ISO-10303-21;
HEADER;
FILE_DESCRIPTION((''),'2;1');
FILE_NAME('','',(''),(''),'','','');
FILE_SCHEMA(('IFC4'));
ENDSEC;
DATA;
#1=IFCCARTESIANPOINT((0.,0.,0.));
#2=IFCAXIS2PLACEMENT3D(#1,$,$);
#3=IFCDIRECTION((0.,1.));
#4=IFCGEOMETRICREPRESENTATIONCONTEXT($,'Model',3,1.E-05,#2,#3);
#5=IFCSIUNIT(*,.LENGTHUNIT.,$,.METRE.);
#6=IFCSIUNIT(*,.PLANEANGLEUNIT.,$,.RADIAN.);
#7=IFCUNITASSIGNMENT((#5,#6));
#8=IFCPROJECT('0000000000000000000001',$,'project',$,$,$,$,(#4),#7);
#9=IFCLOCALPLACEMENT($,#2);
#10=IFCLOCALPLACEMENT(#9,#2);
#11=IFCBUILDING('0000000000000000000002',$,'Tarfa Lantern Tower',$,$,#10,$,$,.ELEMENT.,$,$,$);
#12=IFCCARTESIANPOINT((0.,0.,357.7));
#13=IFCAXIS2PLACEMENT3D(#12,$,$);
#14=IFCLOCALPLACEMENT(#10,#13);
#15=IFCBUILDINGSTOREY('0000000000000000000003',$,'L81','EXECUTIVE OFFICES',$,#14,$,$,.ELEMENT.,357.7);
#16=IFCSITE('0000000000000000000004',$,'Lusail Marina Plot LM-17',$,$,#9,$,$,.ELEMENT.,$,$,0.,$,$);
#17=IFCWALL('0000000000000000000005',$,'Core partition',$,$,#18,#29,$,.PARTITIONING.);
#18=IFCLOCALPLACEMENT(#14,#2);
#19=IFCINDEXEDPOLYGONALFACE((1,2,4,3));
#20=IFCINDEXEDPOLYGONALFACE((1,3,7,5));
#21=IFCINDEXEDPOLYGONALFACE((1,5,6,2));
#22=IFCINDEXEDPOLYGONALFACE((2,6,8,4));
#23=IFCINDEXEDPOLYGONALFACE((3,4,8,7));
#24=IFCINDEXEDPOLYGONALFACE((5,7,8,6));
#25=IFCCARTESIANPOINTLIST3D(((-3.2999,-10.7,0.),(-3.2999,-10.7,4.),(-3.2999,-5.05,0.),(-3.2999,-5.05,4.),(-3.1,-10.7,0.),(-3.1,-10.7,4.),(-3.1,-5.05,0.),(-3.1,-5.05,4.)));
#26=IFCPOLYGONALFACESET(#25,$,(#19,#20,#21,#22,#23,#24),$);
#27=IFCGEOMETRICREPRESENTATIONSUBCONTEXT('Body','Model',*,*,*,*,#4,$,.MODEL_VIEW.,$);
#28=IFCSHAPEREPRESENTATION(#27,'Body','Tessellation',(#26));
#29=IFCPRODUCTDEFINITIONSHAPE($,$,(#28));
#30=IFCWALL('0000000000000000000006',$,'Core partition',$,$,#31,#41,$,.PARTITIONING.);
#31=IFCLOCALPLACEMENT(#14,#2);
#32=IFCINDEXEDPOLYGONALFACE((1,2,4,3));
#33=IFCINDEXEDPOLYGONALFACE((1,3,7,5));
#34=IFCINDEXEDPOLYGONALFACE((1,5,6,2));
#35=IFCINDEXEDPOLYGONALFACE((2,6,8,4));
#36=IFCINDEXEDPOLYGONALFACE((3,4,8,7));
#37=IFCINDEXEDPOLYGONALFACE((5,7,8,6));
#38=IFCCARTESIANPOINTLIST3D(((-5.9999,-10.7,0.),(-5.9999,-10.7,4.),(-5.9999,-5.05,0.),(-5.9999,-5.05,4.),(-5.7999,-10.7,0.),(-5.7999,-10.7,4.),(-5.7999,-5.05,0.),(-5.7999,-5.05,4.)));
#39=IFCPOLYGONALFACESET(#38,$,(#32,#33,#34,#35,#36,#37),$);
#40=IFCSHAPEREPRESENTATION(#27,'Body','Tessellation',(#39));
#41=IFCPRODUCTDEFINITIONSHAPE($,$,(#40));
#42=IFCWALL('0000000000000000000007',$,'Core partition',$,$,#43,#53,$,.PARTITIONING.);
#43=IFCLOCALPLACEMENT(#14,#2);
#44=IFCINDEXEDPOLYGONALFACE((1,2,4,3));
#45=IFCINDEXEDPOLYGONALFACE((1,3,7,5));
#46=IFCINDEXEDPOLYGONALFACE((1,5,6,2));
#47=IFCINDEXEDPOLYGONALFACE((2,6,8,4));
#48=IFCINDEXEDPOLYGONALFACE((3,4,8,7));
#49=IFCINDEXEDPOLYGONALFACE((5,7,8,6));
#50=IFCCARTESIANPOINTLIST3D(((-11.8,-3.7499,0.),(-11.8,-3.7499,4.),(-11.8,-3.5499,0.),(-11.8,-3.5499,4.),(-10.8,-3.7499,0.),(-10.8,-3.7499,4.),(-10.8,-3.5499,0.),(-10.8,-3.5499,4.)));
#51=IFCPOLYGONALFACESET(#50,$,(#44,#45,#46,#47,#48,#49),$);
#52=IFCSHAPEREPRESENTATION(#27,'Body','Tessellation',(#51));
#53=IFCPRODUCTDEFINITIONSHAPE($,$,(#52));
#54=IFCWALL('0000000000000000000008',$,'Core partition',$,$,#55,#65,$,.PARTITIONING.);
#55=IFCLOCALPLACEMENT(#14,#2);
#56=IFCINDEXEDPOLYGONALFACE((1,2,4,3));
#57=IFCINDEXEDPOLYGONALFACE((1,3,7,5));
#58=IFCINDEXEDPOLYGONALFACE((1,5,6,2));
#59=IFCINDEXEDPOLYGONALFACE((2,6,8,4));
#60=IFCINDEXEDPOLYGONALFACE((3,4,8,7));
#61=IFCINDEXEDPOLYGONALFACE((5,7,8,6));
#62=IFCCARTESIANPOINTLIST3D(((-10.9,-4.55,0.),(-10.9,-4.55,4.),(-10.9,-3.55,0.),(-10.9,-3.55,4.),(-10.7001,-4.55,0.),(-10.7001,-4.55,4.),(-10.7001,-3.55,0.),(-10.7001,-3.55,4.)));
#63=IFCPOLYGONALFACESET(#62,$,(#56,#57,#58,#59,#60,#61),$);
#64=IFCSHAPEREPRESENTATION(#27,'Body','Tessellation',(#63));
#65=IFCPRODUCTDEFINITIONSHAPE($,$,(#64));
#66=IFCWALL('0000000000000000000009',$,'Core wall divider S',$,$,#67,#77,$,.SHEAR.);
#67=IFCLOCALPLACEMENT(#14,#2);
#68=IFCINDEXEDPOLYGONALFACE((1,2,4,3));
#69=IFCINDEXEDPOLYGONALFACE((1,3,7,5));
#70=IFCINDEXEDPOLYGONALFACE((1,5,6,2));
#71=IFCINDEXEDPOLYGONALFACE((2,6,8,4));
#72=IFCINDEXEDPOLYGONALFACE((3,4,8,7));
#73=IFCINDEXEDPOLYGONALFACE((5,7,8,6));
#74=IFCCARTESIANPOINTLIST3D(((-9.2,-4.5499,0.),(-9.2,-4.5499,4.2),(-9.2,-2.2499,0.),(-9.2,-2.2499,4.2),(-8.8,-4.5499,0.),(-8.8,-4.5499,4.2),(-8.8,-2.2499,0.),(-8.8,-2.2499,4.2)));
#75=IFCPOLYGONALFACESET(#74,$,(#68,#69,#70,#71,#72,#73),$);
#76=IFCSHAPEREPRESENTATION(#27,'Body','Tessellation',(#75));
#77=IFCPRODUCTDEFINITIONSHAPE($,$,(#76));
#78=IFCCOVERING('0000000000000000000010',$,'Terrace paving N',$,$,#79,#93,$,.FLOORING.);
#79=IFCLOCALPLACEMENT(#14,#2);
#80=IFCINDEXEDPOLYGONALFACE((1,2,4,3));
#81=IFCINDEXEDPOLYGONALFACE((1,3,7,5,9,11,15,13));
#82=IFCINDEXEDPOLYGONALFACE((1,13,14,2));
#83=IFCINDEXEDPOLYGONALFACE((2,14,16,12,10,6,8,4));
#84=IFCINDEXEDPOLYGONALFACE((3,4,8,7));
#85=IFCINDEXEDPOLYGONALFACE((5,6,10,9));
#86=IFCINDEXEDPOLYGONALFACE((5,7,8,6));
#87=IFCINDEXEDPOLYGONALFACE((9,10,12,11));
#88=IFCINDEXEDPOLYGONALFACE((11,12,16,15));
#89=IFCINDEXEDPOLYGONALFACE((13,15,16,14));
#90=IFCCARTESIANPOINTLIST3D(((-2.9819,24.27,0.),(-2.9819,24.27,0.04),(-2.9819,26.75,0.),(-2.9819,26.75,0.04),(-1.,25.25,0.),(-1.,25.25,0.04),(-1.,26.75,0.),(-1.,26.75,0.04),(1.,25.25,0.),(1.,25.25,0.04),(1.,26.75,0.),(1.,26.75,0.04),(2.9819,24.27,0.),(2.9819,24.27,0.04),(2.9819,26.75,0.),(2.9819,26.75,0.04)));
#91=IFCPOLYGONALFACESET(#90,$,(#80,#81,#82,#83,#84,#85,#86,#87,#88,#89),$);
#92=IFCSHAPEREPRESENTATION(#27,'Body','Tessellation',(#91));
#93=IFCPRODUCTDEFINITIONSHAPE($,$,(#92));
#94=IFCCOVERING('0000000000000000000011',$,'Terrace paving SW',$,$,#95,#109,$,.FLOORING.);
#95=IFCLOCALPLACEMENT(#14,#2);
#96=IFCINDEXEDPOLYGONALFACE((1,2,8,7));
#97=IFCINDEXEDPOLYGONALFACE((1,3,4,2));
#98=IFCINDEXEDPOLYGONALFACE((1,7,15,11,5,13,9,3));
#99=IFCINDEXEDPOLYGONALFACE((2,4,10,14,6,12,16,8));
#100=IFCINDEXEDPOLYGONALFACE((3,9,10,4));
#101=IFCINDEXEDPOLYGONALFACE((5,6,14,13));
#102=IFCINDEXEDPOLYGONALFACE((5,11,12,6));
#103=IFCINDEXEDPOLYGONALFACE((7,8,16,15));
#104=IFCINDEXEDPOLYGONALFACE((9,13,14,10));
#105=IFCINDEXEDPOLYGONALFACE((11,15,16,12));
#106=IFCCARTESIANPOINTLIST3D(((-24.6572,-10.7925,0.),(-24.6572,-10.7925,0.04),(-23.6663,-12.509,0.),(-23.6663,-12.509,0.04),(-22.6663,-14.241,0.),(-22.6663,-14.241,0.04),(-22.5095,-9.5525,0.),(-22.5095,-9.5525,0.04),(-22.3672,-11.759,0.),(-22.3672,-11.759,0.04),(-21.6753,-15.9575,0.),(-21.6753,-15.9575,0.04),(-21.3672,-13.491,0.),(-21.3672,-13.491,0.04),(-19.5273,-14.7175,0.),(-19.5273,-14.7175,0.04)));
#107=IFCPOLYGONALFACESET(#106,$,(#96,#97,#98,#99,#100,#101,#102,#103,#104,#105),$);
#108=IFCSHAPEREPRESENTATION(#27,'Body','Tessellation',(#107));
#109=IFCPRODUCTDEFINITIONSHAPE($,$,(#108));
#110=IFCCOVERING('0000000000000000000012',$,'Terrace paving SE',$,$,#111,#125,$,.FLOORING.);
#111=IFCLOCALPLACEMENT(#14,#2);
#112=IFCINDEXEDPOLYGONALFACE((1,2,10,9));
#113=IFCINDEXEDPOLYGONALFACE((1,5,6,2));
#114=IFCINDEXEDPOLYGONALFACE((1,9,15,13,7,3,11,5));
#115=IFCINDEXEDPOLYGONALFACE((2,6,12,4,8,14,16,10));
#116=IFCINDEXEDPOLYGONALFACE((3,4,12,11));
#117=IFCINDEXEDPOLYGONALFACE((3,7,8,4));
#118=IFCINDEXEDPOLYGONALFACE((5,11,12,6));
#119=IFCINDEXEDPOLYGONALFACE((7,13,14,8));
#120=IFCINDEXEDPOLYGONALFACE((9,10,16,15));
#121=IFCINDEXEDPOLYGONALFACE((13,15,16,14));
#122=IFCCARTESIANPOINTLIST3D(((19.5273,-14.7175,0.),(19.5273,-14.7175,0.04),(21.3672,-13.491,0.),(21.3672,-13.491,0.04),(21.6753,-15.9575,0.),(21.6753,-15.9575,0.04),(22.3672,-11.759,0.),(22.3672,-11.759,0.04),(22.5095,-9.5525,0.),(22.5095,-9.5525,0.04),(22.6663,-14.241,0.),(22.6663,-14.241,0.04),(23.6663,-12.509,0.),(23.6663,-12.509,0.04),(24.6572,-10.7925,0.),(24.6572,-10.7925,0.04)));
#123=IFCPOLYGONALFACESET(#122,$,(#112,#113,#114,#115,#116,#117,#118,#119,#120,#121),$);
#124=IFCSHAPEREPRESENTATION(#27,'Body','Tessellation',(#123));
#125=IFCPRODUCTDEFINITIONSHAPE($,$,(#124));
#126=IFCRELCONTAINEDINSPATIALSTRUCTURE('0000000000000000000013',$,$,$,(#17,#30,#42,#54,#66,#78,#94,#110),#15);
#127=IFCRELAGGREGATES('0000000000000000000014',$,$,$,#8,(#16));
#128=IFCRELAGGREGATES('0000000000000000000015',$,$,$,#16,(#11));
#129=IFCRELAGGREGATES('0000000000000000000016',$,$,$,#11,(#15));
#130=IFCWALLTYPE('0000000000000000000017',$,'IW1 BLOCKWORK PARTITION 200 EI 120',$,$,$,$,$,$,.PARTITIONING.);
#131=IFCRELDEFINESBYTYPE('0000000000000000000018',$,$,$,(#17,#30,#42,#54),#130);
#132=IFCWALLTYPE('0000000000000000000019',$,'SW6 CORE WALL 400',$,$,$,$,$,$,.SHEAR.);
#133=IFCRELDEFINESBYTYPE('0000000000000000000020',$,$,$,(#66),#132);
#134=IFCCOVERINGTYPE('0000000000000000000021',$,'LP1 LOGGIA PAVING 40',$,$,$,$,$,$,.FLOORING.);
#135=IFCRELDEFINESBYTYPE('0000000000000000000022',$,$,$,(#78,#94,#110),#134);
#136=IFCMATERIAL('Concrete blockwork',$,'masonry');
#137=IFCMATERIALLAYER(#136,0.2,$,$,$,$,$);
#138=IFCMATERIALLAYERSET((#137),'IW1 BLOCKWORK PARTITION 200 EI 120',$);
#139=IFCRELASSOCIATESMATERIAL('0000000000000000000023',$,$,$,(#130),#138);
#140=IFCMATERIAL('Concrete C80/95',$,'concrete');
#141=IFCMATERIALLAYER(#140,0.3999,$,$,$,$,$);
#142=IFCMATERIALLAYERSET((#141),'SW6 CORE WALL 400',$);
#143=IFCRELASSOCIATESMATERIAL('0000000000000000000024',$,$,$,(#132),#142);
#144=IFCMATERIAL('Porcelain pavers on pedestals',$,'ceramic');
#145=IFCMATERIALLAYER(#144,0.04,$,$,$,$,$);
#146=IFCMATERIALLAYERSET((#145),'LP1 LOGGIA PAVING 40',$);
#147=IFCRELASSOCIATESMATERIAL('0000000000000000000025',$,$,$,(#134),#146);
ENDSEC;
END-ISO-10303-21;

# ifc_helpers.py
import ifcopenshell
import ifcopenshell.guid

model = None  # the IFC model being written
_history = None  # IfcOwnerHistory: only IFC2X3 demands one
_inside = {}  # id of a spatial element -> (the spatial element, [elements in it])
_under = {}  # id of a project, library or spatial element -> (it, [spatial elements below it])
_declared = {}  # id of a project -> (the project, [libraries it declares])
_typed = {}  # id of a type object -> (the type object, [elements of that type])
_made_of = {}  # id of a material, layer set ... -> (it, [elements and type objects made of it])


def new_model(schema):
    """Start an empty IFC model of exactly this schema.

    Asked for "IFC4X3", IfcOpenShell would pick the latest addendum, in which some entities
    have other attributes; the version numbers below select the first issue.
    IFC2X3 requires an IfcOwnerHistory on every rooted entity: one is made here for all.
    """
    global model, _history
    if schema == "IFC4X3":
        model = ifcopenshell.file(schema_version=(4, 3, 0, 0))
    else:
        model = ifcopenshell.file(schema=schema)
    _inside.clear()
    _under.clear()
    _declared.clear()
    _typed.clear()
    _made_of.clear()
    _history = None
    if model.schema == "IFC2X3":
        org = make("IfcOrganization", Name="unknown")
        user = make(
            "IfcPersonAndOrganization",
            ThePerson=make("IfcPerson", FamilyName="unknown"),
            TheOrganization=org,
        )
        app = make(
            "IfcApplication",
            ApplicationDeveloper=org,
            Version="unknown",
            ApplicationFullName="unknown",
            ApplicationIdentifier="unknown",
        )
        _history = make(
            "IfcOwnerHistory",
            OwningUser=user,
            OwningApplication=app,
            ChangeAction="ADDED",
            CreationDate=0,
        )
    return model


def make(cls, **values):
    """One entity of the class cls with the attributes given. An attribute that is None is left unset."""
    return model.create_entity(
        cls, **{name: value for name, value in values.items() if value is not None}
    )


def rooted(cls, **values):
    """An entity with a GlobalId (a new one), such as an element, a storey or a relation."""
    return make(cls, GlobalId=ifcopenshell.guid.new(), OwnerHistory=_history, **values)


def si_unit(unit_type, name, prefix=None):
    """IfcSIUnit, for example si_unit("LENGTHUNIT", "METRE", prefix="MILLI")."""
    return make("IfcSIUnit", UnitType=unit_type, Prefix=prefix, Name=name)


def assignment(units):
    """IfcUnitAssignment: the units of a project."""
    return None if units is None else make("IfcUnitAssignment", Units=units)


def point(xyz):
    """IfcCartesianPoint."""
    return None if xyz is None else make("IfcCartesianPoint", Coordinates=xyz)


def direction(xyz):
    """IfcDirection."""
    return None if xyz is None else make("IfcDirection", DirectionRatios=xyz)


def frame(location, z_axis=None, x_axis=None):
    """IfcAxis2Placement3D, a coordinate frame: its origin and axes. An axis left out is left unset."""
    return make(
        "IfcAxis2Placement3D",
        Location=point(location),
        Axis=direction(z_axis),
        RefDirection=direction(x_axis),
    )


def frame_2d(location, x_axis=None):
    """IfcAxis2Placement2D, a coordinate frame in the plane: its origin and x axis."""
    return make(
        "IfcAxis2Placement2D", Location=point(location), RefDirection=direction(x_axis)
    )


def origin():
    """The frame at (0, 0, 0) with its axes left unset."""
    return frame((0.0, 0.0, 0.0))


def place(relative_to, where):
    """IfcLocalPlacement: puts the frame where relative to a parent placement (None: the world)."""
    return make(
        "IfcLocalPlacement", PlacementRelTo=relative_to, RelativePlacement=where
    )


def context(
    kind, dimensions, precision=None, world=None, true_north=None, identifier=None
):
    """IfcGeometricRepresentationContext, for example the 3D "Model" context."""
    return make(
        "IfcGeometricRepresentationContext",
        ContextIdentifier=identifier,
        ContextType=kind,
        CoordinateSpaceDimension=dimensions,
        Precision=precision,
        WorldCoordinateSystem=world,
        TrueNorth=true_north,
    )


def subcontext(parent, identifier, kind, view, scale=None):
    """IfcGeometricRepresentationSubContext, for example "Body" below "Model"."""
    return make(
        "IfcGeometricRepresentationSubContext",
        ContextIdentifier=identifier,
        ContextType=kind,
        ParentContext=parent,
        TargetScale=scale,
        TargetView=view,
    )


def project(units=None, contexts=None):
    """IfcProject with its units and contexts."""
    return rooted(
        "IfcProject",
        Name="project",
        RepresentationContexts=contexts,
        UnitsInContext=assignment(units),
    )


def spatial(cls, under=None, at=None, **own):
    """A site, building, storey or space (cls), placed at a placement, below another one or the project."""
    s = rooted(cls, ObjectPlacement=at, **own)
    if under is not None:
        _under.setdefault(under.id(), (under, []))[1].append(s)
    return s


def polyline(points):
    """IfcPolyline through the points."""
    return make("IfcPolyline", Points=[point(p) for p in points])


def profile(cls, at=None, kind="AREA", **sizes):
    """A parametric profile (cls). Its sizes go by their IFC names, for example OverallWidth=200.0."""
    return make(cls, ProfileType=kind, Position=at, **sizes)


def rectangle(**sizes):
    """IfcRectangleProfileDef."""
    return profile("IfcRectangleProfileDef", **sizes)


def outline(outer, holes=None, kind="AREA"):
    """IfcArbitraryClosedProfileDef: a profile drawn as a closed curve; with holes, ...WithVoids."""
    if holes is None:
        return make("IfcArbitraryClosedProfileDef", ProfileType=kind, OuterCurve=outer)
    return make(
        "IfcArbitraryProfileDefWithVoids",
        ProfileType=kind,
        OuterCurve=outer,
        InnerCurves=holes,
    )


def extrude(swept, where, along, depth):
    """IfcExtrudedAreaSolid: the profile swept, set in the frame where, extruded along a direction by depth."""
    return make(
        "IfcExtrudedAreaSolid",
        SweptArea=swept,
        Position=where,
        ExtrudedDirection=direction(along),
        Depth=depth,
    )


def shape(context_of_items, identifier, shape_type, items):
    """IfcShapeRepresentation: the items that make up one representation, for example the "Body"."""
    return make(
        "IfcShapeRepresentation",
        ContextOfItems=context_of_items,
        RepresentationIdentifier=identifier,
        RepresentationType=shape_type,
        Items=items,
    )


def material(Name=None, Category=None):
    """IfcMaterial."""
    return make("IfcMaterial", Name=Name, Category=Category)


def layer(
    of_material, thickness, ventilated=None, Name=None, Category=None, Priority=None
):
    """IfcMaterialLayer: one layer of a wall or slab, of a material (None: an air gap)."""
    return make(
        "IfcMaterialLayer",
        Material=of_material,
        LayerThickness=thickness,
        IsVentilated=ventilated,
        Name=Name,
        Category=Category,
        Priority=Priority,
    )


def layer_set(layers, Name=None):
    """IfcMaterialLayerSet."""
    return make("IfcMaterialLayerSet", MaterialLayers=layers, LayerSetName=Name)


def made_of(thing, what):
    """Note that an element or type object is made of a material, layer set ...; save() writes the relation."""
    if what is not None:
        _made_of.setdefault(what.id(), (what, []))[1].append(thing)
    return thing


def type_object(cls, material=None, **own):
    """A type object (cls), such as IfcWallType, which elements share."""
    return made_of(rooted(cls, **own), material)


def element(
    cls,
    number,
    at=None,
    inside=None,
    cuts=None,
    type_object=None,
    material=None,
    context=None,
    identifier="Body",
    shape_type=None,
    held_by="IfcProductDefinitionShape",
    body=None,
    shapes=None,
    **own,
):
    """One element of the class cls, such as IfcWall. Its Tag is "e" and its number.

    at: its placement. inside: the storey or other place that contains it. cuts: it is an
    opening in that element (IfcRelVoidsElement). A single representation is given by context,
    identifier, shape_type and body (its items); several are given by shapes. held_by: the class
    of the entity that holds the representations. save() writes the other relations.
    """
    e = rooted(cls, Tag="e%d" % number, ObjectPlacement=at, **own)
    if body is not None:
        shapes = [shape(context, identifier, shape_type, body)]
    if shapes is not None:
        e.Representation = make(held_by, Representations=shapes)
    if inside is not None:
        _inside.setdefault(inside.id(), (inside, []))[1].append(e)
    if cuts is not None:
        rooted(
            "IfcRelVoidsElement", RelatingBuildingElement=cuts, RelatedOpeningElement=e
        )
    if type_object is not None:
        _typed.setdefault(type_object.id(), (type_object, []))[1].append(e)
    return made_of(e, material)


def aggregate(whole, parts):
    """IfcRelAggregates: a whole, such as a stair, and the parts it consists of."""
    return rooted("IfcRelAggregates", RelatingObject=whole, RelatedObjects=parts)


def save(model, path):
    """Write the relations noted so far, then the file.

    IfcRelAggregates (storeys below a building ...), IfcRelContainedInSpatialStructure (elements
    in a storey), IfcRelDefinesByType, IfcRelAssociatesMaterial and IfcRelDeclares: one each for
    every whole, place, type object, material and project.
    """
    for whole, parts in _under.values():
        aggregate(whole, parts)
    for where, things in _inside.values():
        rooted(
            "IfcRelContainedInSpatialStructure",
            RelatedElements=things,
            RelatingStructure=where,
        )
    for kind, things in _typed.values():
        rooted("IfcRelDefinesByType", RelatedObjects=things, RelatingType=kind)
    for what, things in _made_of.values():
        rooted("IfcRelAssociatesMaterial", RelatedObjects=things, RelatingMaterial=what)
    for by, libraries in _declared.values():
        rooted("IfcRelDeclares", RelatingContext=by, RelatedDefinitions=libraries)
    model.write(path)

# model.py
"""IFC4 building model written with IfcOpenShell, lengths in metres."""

from ifc_helpers import new_model, si_unit, direction, frame, frame_2d, origin, place, context, subcontext, project, spatial, polyline, rectangle, outline, extrude, material, layer, layer_set, type_object, element, save


model = new_model("IFC4")

# Units and contexts
model_context = context("Model", 3, precision=1e-05, world=origin(), true_north=direction((0.0, 1.0)))
body_context = subcontext(model_context, "Body", "Model", "MODEL_VIEW")
ifc_project = project(units=[si_unit("LENGTHUNIT", "METRE"), si_unit("PLANEANGLEUNIT", "RADIAN")], contexts=[model_context])

# Site, building, storey
site_placement = place(None, origin())
site = spatial("IfcSite", under=ifc_project, at=site_placement, Name="Lusail Marina Plot LM-17", CompositionType="ELEMENT", RefElevation=0.0)
building_placement = place(site_placement, origin())
building = spatial("IfcBuilding", under=site, at=building_placement, Name="Tarfa Lantern Tower", CompositionType="ELEMENT")
storey_placement = place(building_placement, frame((0.0, 0.0, 357.7)))
storey = spatial("IfcBuildingStorey", under=building, at=storey_placement, Name="L81", Description="EXECUTIVE OFFICES", CompositionType="ELEMENT", Elevation=357.7)

# Walls
ifc_material_1 = material(Name="Concrete blockwork", Category="masonry")
ifc_layer_1 = layer(ifc_material_1, 0.2)
ifc_layer_set_1 = layer_set([ifc_layer_1], Name="IW1 BLOCKWORK PARTITION 200 EI 120")
wall_type_1 = type_object("IfcWallType", Name="IW1 BLOCKWORK PARTITION 200 EI 120", PredefinedType="PARTITIONING", material=ifc_layer_set_1)
for number, where, z_axis, x_axis, name in (
    (1, (-3.2, -5.05, 0.0), (0.0, 0.0, 1.0), (0.0, -1.0, 0.0), "Core partition"),
    (2, (-5.8999, -5.05, 0.0), (0.0, 0.0, 1.0), (0.0, -1.0, 0.0), "Core partition"),
):
    element("IfcWall", number, at=place(storey_placement, frame(where, z_axis=z_axis, x_axis=x_axis)), inside=storey, type_object=wall_type_1, Name=name, PredefinedType="PARTITIONING", context=body_context, shape_type="SweptSolid", body=[
        extrude(rectangle(XDim=5.6499, YDim=0.2, at=frame_2d((2.825, 0.0))), origin(), (0.0, 0.0, 1.0), 4.0),
    ])
for number, where, z_axis, x_axis, name in (
    (3, (-10.8, -3.6499, 0.0), (0.0, 0.0, 1.0), (-1.0, 0.0, 0.0), "Core partition"),
    (4, (-10.8, -3.55, 0.0), (0.0, 0.0, 1.0), (0.0, -1.0, 0.0), "Core partition"),
):
    element("IfcWall", number, at=place(storey_placement, frame(where, z_axis=z_axis, x_axis=x_axis)), inside=storey, type_object=wall_type_1, Name=name, PredefinedType="PARTITIONING", context=body_context, shape_type="SweptSolid", body=[
        extrude(rectangle(XDim=1.0, YDim=0.2, at=frame_2d((0.5, 0.0))), origin(), (0.0, 0.0, 1.0), 4.0),
    ])
ifc_material_2 = material(Name="Concrete C80/95", Category="concrete")
ifc_layer_2 = layer(ifc_material_2, 0.3999)
ifc_layer_set_2 = layer_set([ifc_layer_2], Name="SW6 CORE WALL 400")
wall_type_2 = type_object("IfcWallType", Name="SW6 CORE WALL 400", PredefinedType="SHEAR", material=ifc_layer_set_2)
wall_1_placement = place(storey_placement, frame((-9.0, -2.25, 0.0), z_axis=(0.0, 0.0, 1.0), x_axis=(0.0, -1.0, 0.0)))
element("IfcWall", 5, at=wall_1_placement, inside=storey, type_object=wall_type_2, Name="Core wall divider S", PredefinedType="SHEAR", context=body_context, shape_type="SweptSolid", body=[
    extrude(rectangle(XDim=2.3, YDim=0.3999, at=frame_2d((1.1499, 0.0))), origin(), (0.0, 0.0, 1.0), 4.2),
])

# Coverings
ifc_material_3 = material(Name="Porcelain pavers on pedestals", Category="ceramic")
ifc_layer_3 = layer(ifc_material_3, 0.04)
ifc_layer_set_3 = layer_set([ifc_layer_3], Name="LP1 LOGGIA PAVING 40")
covering_type = type_object("IfcCoveringType", Name="LP1 LOGGIA PAVING 40", PredefinedType="FLOORING", material=ifc_layer_set_3)
covering_1_placement = place(storey_placement, origin())
element("IfcCovering", 6, at=covering_1_placement, inside=storey, type_object=covering_type, Name="Terrace paving N", PredefinedType="FLOORING", context=body_context, shape_type="SweptSolid", body=[
    extrude(outline(polyline([(2.9819, 26.75), (2.9819, 24.27), (-2.9819, 24.27), (-2.9819, 26.75), (-1.0, 26.75), (-1.0, 25.25), (1.0, 25.25), (1.0, 26.75), (2.9819, 26.75)])), origin(), (0.0, 0.0, 1.0), 0.04),
])
covering_2_placement = place(storey_placement, origin())
element("IfcCovering", 7, at=covering_2_placement, inside=storey, type_object=covering_type, Name="Terrace paving SW", PredefinedType="FLOORING", context=body_context, shape_type="SweptSolid", body=[
    extrude(outline(polyline([(-24.6572, -10.7925), (-22.5095, -9.5525), (-19.5273, -14.7175), (-21.6753, -15.9575), (-22.6663, -14.241), (-21.3672, -13.491), (-22.3672, -11.759), (-23.6663, -12.509), (-24.6572, -10.7925)])), origin(), (0.0, 0.0, 1.0), 0.04),
])
covering_3_placement = place(storey_placement, origin())
element("IfcCovering", 8, at=covering_3_placement, inside=storey, type_object=covering_type, Name="Terrace paving SE", PredefinedType="FLOORING", context=body_context, shape_type="SweptSolid", body=[
    extrude(outline(polyline([(21.6753, -15.9575), (19.5273, -14.7175), (22.5095, -9.5525), (24.6572, -10.7925), (23.6663, -12.509), (22.3672, -11.759), (21.3672, -13.491), (22.6663, -14.241), (21.6753, -15.9575)])), origin(), (0.0, 0.0, 1.0), 0.04),
])

save(model, "model.ifc")
